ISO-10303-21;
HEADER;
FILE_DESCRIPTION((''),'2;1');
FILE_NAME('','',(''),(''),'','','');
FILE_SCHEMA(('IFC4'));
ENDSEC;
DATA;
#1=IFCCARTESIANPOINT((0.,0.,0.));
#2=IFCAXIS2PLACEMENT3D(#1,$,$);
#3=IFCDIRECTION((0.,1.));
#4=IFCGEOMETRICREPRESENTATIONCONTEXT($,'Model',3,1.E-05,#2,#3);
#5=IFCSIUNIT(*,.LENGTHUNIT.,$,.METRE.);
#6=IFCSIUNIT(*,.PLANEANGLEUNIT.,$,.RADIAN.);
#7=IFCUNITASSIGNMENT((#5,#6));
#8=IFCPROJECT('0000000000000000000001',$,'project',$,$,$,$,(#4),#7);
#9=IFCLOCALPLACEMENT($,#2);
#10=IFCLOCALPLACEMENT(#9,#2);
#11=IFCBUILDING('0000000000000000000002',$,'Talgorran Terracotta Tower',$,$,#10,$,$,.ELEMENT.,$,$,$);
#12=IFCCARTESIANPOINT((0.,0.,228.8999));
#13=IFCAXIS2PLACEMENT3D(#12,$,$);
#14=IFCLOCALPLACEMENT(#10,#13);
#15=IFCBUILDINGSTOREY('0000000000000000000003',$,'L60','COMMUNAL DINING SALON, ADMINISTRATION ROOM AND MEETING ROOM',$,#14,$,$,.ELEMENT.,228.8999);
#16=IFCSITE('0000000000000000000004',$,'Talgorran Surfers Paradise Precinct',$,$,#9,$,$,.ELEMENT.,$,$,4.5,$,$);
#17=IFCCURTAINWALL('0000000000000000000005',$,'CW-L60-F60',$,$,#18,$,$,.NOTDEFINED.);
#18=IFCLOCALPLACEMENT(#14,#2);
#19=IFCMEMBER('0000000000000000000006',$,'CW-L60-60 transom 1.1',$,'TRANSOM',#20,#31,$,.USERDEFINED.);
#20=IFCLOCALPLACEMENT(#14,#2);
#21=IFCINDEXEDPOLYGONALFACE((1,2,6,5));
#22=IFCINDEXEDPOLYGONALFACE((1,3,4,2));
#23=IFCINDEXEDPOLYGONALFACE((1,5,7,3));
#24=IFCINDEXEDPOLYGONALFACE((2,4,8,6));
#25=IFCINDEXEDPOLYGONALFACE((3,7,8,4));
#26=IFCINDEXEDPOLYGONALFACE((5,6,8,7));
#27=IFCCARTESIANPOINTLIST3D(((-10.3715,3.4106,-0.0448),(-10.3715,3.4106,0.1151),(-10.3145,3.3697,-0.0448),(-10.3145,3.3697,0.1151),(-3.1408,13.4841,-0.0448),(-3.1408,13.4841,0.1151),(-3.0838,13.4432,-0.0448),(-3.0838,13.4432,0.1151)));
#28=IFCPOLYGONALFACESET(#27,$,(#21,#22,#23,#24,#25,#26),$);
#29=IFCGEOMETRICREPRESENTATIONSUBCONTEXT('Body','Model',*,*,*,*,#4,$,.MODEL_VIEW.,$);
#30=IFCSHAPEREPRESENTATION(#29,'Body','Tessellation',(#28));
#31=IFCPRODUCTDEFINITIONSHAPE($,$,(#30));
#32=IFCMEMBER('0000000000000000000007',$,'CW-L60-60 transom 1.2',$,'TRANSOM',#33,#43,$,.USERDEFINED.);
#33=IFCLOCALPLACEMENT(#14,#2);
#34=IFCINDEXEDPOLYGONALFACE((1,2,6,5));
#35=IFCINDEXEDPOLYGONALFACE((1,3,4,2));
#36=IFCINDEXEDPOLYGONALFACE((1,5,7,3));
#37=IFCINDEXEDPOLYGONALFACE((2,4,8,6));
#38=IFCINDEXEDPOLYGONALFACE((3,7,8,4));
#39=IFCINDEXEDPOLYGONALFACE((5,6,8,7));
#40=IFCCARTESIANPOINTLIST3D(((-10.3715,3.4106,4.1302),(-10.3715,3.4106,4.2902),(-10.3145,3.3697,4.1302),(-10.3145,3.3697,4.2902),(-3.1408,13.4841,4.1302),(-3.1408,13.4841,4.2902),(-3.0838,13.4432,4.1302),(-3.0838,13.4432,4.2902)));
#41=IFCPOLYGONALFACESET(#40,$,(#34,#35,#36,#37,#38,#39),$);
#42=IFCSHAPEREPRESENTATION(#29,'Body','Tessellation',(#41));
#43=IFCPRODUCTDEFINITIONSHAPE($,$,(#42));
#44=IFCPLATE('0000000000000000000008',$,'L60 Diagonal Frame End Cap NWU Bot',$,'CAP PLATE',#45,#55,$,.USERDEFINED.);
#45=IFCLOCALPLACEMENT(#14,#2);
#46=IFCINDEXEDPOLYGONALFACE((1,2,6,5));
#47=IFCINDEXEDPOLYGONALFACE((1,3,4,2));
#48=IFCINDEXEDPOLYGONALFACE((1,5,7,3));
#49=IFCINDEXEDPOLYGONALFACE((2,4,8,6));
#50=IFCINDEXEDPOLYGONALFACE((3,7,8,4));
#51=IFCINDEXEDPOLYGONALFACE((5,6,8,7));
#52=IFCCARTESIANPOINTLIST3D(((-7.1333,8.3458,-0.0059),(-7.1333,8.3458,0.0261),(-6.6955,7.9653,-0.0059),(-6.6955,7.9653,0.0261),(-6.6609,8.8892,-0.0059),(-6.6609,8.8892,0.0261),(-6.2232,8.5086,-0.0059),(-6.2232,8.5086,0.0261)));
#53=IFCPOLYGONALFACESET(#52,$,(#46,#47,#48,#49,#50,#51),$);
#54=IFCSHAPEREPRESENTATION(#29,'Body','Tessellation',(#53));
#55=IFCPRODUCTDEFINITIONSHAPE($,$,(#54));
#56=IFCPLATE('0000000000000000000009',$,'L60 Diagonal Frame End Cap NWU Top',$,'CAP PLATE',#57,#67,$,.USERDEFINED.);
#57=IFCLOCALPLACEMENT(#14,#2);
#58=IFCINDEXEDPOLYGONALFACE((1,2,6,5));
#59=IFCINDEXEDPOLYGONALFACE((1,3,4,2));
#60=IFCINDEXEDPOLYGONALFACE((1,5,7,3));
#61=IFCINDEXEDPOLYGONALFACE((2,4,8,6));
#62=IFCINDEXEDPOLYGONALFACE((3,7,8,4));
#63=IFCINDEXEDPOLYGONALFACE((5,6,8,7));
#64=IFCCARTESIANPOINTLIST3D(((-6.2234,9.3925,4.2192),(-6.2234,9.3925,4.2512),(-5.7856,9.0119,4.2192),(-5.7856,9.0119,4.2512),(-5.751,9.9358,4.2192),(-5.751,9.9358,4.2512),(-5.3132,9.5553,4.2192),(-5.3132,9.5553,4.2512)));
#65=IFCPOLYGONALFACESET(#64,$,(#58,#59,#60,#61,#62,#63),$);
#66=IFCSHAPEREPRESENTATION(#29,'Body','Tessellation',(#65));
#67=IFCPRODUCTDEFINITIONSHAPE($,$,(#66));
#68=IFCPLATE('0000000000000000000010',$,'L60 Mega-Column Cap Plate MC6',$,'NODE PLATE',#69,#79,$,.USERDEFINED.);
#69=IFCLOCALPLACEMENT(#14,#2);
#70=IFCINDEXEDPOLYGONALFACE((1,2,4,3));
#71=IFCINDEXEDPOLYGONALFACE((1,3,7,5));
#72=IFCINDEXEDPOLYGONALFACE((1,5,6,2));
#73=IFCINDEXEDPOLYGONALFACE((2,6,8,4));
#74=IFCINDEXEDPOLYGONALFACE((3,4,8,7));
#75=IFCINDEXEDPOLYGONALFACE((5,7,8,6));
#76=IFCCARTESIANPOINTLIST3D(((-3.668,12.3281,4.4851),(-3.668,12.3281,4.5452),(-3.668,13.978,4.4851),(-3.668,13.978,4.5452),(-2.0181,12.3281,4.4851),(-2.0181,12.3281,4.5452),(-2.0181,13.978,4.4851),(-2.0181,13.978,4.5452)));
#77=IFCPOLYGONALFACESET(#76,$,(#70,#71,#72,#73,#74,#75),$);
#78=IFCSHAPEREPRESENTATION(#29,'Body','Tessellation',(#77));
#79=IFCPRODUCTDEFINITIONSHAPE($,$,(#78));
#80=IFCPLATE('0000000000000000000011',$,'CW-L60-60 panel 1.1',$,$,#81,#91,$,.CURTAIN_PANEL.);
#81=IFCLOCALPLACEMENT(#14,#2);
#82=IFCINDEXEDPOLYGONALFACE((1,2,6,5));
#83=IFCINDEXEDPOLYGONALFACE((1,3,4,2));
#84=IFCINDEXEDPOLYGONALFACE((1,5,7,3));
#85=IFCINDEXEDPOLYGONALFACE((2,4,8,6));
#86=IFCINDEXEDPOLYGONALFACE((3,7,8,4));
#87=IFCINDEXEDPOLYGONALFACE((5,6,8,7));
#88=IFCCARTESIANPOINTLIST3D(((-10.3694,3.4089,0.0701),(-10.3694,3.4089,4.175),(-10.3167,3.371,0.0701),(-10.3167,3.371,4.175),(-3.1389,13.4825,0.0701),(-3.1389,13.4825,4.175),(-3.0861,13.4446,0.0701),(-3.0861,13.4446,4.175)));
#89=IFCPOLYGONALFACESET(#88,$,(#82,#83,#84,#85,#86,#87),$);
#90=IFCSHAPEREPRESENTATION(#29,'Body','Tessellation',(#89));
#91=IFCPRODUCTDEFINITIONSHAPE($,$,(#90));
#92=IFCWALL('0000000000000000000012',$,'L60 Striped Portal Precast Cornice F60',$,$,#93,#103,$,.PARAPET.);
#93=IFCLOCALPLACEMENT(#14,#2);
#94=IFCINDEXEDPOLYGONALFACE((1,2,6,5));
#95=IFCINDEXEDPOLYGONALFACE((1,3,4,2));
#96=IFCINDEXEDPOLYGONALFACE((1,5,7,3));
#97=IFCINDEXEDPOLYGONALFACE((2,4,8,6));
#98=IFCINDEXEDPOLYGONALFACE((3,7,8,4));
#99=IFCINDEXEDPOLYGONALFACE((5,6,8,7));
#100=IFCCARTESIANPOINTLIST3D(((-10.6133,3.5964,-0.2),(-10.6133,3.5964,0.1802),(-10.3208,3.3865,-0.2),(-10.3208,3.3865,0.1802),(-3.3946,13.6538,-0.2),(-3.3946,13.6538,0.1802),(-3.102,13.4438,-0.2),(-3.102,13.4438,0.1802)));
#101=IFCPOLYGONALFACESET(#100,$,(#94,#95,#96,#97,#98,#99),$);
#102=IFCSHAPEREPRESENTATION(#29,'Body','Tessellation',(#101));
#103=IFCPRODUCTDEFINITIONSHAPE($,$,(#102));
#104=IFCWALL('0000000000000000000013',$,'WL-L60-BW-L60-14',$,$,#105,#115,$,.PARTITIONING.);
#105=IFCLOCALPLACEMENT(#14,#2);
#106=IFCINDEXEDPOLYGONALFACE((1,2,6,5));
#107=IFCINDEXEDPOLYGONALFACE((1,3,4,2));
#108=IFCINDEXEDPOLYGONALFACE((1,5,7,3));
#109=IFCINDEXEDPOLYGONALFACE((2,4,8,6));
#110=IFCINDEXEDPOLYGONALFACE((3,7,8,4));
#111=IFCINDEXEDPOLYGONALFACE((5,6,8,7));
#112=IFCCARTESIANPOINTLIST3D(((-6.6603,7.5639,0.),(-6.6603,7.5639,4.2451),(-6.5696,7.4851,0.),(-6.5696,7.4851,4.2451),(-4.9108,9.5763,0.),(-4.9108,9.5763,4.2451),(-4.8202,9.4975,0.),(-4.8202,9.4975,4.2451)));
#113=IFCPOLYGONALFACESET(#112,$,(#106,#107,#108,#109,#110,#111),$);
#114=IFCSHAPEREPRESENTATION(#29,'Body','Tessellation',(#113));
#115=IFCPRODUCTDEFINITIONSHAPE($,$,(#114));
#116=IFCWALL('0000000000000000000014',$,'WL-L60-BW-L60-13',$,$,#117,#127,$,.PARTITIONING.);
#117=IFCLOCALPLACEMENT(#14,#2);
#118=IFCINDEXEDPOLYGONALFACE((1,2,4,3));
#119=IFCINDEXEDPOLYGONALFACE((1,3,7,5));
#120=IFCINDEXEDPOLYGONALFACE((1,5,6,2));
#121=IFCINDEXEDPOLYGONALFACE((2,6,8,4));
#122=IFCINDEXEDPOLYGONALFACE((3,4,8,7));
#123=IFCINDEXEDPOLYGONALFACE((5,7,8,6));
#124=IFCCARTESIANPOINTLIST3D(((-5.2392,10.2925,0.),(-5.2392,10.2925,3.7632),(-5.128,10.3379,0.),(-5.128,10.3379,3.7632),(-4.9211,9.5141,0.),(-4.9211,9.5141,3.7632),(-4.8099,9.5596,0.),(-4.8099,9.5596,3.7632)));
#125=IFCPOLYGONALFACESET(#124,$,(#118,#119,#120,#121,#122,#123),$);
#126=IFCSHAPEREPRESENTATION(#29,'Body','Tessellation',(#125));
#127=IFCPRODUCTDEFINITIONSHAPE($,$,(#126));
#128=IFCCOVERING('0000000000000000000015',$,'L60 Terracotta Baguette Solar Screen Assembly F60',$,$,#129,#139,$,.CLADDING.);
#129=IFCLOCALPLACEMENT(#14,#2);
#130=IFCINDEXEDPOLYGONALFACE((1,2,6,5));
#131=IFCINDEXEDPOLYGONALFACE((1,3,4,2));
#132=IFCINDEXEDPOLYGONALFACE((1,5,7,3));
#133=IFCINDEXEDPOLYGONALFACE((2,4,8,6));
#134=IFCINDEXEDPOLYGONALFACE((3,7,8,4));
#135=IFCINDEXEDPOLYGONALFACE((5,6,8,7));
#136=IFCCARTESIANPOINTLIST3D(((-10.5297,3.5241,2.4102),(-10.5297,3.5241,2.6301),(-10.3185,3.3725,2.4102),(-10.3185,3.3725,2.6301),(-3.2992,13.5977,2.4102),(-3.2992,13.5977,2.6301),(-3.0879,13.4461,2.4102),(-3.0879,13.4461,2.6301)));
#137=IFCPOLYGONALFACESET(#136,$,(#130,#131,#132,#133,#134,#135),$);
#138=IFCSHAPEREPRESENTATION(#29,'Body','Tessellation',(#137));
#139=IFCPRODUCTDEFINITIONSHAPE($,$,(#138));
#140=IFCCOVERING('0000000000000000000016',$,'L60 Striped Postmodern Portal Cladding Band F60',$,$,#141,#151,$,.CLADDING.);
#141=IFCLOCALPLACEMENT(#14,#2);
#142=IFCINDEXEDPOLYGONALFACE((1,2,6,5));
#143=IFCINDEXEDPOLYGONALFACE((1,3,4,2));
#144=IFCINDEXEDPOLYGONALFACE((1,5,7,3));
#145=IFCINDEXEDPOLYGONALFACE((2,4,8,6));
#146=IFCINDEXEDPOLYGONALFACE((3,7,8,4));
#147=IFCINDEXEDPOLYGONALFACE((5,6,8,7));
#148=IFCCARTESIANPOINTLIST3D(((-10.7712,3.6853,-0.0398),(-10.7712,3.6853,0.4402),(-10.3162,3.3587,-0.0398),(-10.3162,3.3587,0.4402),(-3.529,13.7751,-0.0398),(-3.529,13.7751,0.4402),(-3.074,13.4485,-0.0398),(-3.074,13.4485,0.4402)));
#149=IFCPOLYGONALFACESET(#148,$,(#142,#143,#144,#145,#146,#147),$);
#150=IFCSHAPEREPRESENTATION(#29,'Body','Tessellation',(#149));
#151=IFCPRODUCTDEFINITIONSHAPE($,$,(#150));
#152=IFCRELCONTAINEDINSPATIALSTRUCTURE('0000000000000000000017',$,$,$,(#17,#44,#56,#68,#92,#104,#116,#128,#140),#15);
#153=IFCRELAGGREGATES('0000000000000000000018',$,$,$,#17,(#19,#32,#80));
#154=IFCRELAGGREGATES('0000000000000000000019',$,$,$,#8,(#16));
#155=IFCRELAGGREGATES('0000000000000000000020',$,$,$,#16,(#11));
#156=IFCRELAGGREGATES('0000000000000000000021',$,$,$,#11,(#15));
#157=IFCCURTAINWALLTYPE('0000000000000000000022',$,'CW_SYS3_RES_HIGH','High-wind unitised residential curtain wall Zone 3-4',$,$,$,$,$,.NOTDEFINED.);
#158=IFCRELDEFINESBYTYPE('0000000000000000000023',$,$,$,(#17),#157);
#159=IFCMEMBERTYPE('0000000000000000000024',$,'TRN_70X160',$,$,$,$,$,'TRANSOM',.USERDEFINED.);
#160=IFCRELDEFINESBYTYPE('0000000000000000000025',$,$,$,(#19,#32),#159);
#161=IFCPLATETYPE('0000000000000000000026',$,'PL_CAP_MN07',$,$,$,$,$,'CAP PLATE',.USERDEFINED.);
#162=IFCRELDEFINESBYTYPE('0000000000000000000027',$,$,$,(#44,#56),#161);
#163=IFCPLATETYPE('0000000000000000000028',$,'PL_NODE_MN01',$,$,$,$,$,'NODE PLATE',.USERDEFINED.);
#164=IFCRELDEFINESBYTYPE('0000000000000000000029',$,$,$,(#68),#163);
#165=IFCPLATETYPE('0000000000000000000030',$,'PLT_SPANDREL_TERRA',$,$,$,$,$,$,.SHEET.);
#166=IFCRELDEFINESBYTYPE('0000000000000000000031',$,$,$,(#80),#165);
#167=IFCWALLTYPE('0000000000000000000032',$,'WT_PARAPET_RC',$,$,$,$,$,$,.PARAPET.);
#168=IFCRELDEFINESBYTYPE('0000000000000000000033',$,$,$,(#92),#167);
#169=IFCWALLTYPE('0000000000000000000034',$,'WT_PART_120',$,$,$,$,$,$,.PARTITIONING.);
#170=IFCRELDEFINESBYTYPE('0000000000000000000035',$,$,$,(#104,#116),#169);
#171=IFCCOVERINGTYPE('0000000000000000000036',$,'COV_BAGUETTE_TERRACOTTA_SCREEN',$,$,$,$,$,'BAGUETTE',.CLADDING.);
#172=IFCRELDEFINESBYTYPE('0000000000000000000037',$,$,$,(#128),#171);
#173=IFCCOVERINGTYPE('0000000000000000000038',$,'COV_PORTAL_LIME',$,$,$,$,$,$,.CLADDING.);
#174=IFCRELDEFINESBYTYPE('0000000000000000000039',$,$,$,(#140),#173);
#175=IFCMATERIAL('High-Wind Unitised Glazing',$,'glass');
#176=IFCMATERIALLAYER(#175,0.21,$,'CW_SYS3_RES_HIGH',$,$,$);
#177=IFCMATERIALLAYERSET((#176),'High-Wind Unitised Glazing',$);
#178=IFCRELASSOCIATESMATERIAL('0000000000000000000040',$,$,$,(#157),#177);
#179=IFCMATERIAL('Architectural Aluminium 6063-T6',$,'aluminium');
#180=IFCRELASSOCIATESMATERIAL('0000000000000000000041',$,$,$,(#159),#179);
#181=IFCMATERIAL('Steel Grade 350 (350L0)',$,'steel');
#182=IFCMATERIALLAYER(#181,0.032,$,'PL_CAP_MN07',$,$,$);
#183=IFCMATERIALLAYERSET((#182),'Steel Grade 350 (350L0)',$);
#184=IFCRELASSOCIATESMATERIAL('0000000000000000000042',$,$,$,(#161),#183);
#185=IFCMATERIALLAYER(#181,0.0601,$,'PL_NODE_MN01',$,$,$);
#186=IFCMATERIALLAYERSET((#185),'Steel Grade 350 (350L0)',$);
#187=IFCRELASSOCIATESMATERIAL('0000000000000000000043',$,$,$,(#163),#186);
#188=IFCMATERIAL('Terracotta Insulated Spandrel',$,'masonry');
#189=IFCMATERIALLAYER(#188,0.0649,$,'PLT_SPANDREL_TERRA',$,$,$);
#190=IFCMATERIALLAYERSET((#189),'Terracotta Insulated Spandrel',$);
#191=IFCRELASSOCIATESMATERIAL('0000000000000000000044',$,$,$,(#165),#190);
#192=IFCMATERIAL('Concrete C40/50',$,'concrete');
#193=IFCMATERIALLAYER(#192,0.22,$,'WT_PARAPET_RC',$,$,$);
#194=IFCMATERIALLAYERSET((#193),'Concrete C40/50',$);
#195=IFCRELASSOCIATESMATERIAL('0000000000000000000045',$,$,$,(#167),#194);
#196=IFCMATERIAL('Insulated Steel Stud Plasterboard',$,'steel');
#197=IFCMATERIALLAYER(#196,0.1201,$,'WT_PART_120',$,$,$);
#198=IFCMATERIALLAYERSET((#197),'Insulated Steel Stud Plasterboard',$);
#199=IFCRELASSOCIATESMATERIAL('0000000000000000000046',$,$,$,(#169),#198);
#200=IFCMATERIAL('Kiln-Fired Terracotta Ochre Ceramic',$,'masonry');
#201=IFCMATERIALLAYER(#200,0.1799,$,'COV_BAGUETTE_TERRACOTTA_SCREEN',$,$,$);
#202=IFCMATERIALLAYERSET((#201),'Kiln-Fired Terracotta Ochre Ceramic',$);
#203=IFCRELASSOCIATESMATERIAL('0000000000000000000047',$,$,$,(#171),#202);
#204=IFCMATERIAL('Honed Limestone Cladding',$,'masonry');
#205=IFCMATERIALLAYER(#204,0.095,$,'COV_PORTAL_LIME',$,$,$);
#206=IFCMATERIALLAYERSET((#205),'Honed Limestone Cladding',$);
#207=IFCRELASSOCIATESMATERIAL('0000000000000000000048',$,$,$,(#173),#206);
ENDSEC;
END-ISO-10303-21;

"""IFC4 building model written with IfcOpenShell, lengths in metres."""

from ifc_helpers import new_model, si_unit, direction, frame, frame_2d, origin, origin_2d, place, context, subcontext, project, spatial, rectangle, extrude, source, transform, mapped, material, layer, layer_set, material_profile, profile_set, type_object, type_shapes, element, aggregate, save


model = new_model("IFC4")

# Units and contexts
model_context = context("Model", 3, precision=1e-05, world=origin(), true_north=direction((0.0, 1.0)))
body_context = subcontext(model_context, "Body", "Model", "MODEL_VIEW")
ifc_project = project(units=[si_unit("LENGTHUNIT", "METRE"), si_unit("PLANEANGLEUNIT", "RADIAN")], contexts=[model_context])

# Site, building, storey
site_placement = place(None, origin())
site = spatial("IfcSite", under=ifc_project, at=site_placement, Name="Talgorran Surfers Paradise Precinct", CompositionType="ELEMENT", RefElevation=4.5)
building_placement = place(site_placement, origin())
building = spatial("IfcBuilding", under=site, at=building_placement, Name="Talgorran Terracotta Tower", CompositionType="ELEMENT")
storey_placement = place(building_placement, frame((0.0, 0.0, 228.8999)))
storey = spatial("IfcBuildingStorey", under=building, at=storey_placement, Name="L60", Description="COMMUNAL DINING SALON, ADMINISTRATION ROOM AND MEETING ROOM", CompositionType="ELEMENT", Elevation=228.8999)

# Shared definitions
ifc_material_1 = material(Name="Steel Grade 350 (350L0)", Category="steel")

# Shared definitions
ifc_material_2 = material(Name="High-Wind Unitised Glazing", Category="glass")
ifc_layer_1 = layer(ifc_material_2, 0.21, Name="CW_SYS3_RES_HIGH")
ifc_layer_set_1 = layer_set([ifc_layer_1], Name="High-Wind Unitised Glazing")
curtain_wall_type = type_object("IfcCurtainWallType", Name="CW_SYS3_RES_HIGH", Description="High-wind unitised residential curtain wall Zone 3-4", PredefinedType="NOTDEFINED", material=ifc_layer_set_1)
ifc_material_3 = material(Name="Architectural Aluminium 6063-T6", Category="aluminium")

# Curtain wall, members
curtain_wall_1_placement = place(storey_placement, origin())
curtain_wall_1 = element("IfcCurtainWall", 1, at=curtain_wall_1_placement, inside=storey, type_object=curtain_wall_type, Name="CW-L60-F60", PredefinedType="NOTDEFINED")
ifc_material_profile_1 = material_profile(ifc_material_3, rectangle(XDim=0.0701, YDim=0.1599, at=origin_2d()), Name="CWT70X160")
ifc_profile_set_1 = profile_set([ifc_material_profile_1], Name="Architectural Aluminium 6063-T6")
member_type_1 = type_object("IfcMemberType", Name="TRN_70X160", ElementType="TRANSOM", PredefinedType="USERDEFINED", material=ifc_profile_set_1)
member_1_placement = place(storey_placement, frame((-3.1123, 13.4636, 0.0352), z_axis=(-0.583125, -0.812382, 0.0), x_axis=(0.812382, -0.583125, 0.0)))
member_1 = element("IfcMember", 2, at=member_1_placement, type_object=member_type_1, Name="CW-L60-60 transom 1.1", ObjectType="TRANSOM", PredefinedType="USERDEFINED", context=body_context, shape_type="SweptSolid", body=[
    extrude(rectangle(XDim=0.0701, YDim=0.1599, at=origin_2d()), origin(), (0.0, 0.0, 1.0), 12.3999),
])
member_2_placement = place(storey_placement, frame((-3.1123, 13.4636, 4.2102), z_axis=(-0.583125, -0.812382, 0.0), x_axis=(0.812382, -0.583125, 0.0)))
member_2 = element("IfcMember", 3, at=member_2_placement, type_object=member_type_1, Name="CW-L60-60 transom 1.2", ObjectType="TRANSOM", PredefinedType="USERDEFINED", context=body_context, shape_type="SweptSolid", body=[
    extrude(rectangle(XDim=0.0701, YDim=0.1599, at=origin_2d()), origin(), (0.0, 0.0, 1.0), 12.3999),
])

# Plates
ifc_layer_2 = layer(ifc_material_1, 0.032, Name="PL_CAP_MN07")
ifc_layer_set_2 = layer_set([ifc_layer_2], Name="Steel Grade 350 (350L0)")
plate_type_1 = type_object("IfcPlateType", Name="PL_CAP_MN07", ElementType="CAP PLATE", PredefinedType="USERDEFINED", material=ifc_layer_set_2)
for number, where, z_axis, x_axis, name in (
    (4, (-6.6782, 8.4272, -0.0059), (0.0, 0.0, 1.0), (0.656059, 0.75471, 0.0), "L60 Diagonal Frame End Cap NWU Bot"),
    (5, (-5.7683, 9.4739, 4.2192), (0.0, 0.0, 1.0), (0.656059, 0.75471, 0.0), "L60 Diagonal Frame End Cap NWU Top"),
):
    element("IfcPlate", number, at=place(storey_placement, frame(where, z_axis=z_axis, x_axis=x_axis)), inside=storey, type_object=plate_type_1, Name=name, ObjectType="CAP PLATE", PredefinedType="USERDEFINED", context=body_context, shape_type="SweptSolid", body=[
        extrude(rectangle(XDim=0.72, YDim=0.5801, at=origin_2d()), origin(), (0.0, 0.0, 1.0), 0.032),
    ])
ifc_layer_3 = layer(ifc_material_1, 0.0601, Name="PL_NODE_MN01")
ifc_layer_set_3 = layer_set([ifc_layer_3], Name="Steel Grade 350 (350L0)")
plate_type_2 = type_object("IfcPlateType", Name="PL_NODE_MN01", ElementType="NODE PLATE", PredefinedType="USERDEFINED", material=ifc_layer_set_3)
plate_1_placement = place(storey_placement, frame((-2.843, 13.1531, 4.4851), z_axis=(0.0, 0.0, 1.0), x_axis=(1.0, 0.0, 0.0)))
element("IfcPlate", 6, at=plate_1_placement, inside=storey, type_object=plate_type_2, Name="L60 Mega-Column Cap Plate MC6", ObjectType="NODE PLATE", PredefinedType="USERDEFINED", context=body_context, shape_type="SweptSolid", body=[
    extrude(rectangle(XDim=1.6499, YDim=1.6499, at=origin_2d()), origin(), (0.0, 0.0, 1.0), 0.0601),
])

# Plate
ifc_material_4 = material(Name="Terracotta Insulated Spandrel", Category="masonry")
ifc_layer_4 = layer(ifc_material_4, 0.0649, Name="PLT_SPANDREL_TERRA")
ifc_layer_set_4 = layer_set([ifc_layer_4], Name="Terracotta Insulated Spandrel")
plate_type_3 = type_object("IfcPlateType", Name="PLT_SPANDREL_TERRA", PredefinedType="SHEET", material=ifc_layer_set_4)
shared_shape = source(origin(), body_context, "Body", "SweptSolid", [
    extrude(rectangle(XDim=12.3999, YDim=0.0649, at=origin_2d()), origin(), (0.0, 0.0, 1.0), 4.105),
])
type_shapes(plate_type_3, [shared_shape])
plate_2_placement = place(storey_placement, frame((-6.7278, 8.4268, 0.0701), z_axis=(0.0, 0.0, 1.0), x_axis=(-0.583114, -0.81239, 0.0)))
plate_2 = element("IfcPlate", 7, at=plate_2_placement, type_object=plate_type_3, Name="CW-L60-60 panel 1.1", PredefinedType="CURTAIN_PANEL", context=body_context, shape_type="MappedRepresentation", body=[
    mapped(shared_shape, transform((0.0, 0.0, 0.0), scale=1.0)),
])
aggregate(curtain_wall_1, [member_1, member_2, plate_2])

# Walls
ifc_material_5 = material(Name="Concrete C40/50", Category="concrete")
ifc_layer_5 = layer(ifc_material_5, 0.22, Name="WT_PARAPET_RC")
ifc_layer_set_5 = layer_set([ifc_layer_5], Name="Concrete C40/50")
wall_type_1 = type_object("IfcWallType", Name="WT_PARAPET_RC", PredefinedType="PARAPET", material=ifc_layer_set_5)
wall_1_placement = place(storey_placement, frame((-3.2483, 13.5488, -0.2), z_axis=(0.0, 0.0, 1.0), x_axis=(-0.583104, -0.812398, 0.0)))
element("IfcWall", 8, at=wall_1_placement, inside=storey, type_object=wall_type_1, Name="L60 Striped Portal Precast Cornice F60", PredefinedType="PARAPET", context=body_context, shape_type="SweptSolid", body=[
    extrude(rectangle(XDim=12.3799, YDim=0.3601, at=frame_2d((6.1899, 0.0))), origin(), (0.0, 0.0, 1.0), 0.3801),
])
ifc_material_6 = material(Name="Insulated Steel Stud Plasterboard", Category="steel")
ifc_layer_6 = layer(ifc_material_6, 0.1201, Name="WT_PART_120")
ifc_layer_set_6 = layer_set([ifc_layer_6], Name="Insulated Steel Stud Plasterboard")
wall_type_2 = type_object("IfcWallType", Name="WT_PART_120", PredefinedType="PARTITIONING", material=ifc_layer_set_6)
wall_2_placement = place(storey_placement, frame((-4.8655, 9.5369, 0.0), z_axis=(0.0, 0.0, 1.0), x_axis=(-0.656084, -0.754688, 0.0)))
element("IfcWall", 9, at=wall_2_placement, inside=storey, type_object=wall_type_2, Name="WL-L60-BW-L60-14", PredefinedType="PARTITIONING", context=body_context, shape_type="SweptSolid", body=[
    extrude(rectangle(XDim=2.6665, YDim=0.1201, at=frame_2d((1.3333, 0.0))), origin(), (0.0, 0.0, 1.0), 4.2451),
])
wall_3_placement = place(storey_placement, frame((-5.1836, 10.3152, 0.0), z_axis=(0.0, 0.0, 1.0), x_axis=(0.378339, -0.925667, 0.0)))
element("IfcWall", 10, at=wall_3_placement, inside=storey, type_object=wall_type_2, Name="WL-L60-BW-L60-13", PredefinedType="PARTITIONING", context=body_context, shape_type="SweptSolid", body=[
    extrude(rectangle(XDim=0.8408, YDim=0.1201, at=frame_2d((0.4204, 0.0))), origin(), (0.0, 0.0, 1.0), 3.7632),
])

# Coverings
ifc_material_7 = material(Name="Kiln-Fired Terracotta Ochre Ceramic", Category="masonry")
ifc_layer_7 = layer(ifc_material_7, 0.1799, Name="COV_BAGUETTE_TERRACOTTA_SCREEN")
ifc_layer_set_7 = layer_set([ifc_layer_7], Name="Kiln-Fired Terracotta Ochre Ceramic")
covering_type_1 = type_object("IfcCoveringType", Name="COV_BAGUETTE_TERRACOTTA_SCREEN", ElementType="BAGUETTE", PredefinedType="CLADDING", material=ifc_layer_set_7)
covering_1_placement = place(storey_placement, frame((-6.8088, 8.4851, 2.4102), z_axis=(0.0, 0.0, 1.0), x_axis=(-0.583116, -0.812389, 0.0)))
element("IfcCovering", 11, at=covering_1_placement, inside=storey, type_object=covering_type_1, Name="L60 Terracotta Baguette Solar Screen Assembly F60", PredefinedType="CLADDING", context=body_context, shape_type="SweptSolid", body=[
    extrude(rectangle(XDim=12.3999, YDim=0.26, at=origin_2d()), origin(), (0.0, 0.0, 1.0), 0.22),
])
ifc_material_8 = material(Name="Honed Limestone Cladding", Category="masonry")
ifc_layer_8 = layer(ifc_material_8, 0.095, Name="COV_PORTAL_LIME")
ifc_layer_set_8 = layer_set([ifc_layer_8], Name="Honed Limestone Cladding")
covering_type_2 = type_object("IfcCoveringType", Name="COV_PORTAL_LIME", PredefinedType="CLADDING", material=ifc_layer_set_8)
covering_2_placement = place(storey_placement, frame((-6.9226, 8.5669, -0.0398), z_axis=(0.0, 0.0, 1.0), x_axis=(-0.583116, -0.812389, 0.0)))
element("IfcCovering", 12, at=covering_2_placement, inside=storey, type_object=covering_type_2, Name="L60 Striped Postmodern Portal Cladding Band F60", PredefinedType="CLADDING", context=body_context, shape_type="SweptSolid", body=[
    extrude(rectangle(XDim=12.4199, YDim=0.5601, at=origin_2d()), origin(), (0.0, 0.0, 1.0), 0.48),
])

save(model, "model.ifc")
